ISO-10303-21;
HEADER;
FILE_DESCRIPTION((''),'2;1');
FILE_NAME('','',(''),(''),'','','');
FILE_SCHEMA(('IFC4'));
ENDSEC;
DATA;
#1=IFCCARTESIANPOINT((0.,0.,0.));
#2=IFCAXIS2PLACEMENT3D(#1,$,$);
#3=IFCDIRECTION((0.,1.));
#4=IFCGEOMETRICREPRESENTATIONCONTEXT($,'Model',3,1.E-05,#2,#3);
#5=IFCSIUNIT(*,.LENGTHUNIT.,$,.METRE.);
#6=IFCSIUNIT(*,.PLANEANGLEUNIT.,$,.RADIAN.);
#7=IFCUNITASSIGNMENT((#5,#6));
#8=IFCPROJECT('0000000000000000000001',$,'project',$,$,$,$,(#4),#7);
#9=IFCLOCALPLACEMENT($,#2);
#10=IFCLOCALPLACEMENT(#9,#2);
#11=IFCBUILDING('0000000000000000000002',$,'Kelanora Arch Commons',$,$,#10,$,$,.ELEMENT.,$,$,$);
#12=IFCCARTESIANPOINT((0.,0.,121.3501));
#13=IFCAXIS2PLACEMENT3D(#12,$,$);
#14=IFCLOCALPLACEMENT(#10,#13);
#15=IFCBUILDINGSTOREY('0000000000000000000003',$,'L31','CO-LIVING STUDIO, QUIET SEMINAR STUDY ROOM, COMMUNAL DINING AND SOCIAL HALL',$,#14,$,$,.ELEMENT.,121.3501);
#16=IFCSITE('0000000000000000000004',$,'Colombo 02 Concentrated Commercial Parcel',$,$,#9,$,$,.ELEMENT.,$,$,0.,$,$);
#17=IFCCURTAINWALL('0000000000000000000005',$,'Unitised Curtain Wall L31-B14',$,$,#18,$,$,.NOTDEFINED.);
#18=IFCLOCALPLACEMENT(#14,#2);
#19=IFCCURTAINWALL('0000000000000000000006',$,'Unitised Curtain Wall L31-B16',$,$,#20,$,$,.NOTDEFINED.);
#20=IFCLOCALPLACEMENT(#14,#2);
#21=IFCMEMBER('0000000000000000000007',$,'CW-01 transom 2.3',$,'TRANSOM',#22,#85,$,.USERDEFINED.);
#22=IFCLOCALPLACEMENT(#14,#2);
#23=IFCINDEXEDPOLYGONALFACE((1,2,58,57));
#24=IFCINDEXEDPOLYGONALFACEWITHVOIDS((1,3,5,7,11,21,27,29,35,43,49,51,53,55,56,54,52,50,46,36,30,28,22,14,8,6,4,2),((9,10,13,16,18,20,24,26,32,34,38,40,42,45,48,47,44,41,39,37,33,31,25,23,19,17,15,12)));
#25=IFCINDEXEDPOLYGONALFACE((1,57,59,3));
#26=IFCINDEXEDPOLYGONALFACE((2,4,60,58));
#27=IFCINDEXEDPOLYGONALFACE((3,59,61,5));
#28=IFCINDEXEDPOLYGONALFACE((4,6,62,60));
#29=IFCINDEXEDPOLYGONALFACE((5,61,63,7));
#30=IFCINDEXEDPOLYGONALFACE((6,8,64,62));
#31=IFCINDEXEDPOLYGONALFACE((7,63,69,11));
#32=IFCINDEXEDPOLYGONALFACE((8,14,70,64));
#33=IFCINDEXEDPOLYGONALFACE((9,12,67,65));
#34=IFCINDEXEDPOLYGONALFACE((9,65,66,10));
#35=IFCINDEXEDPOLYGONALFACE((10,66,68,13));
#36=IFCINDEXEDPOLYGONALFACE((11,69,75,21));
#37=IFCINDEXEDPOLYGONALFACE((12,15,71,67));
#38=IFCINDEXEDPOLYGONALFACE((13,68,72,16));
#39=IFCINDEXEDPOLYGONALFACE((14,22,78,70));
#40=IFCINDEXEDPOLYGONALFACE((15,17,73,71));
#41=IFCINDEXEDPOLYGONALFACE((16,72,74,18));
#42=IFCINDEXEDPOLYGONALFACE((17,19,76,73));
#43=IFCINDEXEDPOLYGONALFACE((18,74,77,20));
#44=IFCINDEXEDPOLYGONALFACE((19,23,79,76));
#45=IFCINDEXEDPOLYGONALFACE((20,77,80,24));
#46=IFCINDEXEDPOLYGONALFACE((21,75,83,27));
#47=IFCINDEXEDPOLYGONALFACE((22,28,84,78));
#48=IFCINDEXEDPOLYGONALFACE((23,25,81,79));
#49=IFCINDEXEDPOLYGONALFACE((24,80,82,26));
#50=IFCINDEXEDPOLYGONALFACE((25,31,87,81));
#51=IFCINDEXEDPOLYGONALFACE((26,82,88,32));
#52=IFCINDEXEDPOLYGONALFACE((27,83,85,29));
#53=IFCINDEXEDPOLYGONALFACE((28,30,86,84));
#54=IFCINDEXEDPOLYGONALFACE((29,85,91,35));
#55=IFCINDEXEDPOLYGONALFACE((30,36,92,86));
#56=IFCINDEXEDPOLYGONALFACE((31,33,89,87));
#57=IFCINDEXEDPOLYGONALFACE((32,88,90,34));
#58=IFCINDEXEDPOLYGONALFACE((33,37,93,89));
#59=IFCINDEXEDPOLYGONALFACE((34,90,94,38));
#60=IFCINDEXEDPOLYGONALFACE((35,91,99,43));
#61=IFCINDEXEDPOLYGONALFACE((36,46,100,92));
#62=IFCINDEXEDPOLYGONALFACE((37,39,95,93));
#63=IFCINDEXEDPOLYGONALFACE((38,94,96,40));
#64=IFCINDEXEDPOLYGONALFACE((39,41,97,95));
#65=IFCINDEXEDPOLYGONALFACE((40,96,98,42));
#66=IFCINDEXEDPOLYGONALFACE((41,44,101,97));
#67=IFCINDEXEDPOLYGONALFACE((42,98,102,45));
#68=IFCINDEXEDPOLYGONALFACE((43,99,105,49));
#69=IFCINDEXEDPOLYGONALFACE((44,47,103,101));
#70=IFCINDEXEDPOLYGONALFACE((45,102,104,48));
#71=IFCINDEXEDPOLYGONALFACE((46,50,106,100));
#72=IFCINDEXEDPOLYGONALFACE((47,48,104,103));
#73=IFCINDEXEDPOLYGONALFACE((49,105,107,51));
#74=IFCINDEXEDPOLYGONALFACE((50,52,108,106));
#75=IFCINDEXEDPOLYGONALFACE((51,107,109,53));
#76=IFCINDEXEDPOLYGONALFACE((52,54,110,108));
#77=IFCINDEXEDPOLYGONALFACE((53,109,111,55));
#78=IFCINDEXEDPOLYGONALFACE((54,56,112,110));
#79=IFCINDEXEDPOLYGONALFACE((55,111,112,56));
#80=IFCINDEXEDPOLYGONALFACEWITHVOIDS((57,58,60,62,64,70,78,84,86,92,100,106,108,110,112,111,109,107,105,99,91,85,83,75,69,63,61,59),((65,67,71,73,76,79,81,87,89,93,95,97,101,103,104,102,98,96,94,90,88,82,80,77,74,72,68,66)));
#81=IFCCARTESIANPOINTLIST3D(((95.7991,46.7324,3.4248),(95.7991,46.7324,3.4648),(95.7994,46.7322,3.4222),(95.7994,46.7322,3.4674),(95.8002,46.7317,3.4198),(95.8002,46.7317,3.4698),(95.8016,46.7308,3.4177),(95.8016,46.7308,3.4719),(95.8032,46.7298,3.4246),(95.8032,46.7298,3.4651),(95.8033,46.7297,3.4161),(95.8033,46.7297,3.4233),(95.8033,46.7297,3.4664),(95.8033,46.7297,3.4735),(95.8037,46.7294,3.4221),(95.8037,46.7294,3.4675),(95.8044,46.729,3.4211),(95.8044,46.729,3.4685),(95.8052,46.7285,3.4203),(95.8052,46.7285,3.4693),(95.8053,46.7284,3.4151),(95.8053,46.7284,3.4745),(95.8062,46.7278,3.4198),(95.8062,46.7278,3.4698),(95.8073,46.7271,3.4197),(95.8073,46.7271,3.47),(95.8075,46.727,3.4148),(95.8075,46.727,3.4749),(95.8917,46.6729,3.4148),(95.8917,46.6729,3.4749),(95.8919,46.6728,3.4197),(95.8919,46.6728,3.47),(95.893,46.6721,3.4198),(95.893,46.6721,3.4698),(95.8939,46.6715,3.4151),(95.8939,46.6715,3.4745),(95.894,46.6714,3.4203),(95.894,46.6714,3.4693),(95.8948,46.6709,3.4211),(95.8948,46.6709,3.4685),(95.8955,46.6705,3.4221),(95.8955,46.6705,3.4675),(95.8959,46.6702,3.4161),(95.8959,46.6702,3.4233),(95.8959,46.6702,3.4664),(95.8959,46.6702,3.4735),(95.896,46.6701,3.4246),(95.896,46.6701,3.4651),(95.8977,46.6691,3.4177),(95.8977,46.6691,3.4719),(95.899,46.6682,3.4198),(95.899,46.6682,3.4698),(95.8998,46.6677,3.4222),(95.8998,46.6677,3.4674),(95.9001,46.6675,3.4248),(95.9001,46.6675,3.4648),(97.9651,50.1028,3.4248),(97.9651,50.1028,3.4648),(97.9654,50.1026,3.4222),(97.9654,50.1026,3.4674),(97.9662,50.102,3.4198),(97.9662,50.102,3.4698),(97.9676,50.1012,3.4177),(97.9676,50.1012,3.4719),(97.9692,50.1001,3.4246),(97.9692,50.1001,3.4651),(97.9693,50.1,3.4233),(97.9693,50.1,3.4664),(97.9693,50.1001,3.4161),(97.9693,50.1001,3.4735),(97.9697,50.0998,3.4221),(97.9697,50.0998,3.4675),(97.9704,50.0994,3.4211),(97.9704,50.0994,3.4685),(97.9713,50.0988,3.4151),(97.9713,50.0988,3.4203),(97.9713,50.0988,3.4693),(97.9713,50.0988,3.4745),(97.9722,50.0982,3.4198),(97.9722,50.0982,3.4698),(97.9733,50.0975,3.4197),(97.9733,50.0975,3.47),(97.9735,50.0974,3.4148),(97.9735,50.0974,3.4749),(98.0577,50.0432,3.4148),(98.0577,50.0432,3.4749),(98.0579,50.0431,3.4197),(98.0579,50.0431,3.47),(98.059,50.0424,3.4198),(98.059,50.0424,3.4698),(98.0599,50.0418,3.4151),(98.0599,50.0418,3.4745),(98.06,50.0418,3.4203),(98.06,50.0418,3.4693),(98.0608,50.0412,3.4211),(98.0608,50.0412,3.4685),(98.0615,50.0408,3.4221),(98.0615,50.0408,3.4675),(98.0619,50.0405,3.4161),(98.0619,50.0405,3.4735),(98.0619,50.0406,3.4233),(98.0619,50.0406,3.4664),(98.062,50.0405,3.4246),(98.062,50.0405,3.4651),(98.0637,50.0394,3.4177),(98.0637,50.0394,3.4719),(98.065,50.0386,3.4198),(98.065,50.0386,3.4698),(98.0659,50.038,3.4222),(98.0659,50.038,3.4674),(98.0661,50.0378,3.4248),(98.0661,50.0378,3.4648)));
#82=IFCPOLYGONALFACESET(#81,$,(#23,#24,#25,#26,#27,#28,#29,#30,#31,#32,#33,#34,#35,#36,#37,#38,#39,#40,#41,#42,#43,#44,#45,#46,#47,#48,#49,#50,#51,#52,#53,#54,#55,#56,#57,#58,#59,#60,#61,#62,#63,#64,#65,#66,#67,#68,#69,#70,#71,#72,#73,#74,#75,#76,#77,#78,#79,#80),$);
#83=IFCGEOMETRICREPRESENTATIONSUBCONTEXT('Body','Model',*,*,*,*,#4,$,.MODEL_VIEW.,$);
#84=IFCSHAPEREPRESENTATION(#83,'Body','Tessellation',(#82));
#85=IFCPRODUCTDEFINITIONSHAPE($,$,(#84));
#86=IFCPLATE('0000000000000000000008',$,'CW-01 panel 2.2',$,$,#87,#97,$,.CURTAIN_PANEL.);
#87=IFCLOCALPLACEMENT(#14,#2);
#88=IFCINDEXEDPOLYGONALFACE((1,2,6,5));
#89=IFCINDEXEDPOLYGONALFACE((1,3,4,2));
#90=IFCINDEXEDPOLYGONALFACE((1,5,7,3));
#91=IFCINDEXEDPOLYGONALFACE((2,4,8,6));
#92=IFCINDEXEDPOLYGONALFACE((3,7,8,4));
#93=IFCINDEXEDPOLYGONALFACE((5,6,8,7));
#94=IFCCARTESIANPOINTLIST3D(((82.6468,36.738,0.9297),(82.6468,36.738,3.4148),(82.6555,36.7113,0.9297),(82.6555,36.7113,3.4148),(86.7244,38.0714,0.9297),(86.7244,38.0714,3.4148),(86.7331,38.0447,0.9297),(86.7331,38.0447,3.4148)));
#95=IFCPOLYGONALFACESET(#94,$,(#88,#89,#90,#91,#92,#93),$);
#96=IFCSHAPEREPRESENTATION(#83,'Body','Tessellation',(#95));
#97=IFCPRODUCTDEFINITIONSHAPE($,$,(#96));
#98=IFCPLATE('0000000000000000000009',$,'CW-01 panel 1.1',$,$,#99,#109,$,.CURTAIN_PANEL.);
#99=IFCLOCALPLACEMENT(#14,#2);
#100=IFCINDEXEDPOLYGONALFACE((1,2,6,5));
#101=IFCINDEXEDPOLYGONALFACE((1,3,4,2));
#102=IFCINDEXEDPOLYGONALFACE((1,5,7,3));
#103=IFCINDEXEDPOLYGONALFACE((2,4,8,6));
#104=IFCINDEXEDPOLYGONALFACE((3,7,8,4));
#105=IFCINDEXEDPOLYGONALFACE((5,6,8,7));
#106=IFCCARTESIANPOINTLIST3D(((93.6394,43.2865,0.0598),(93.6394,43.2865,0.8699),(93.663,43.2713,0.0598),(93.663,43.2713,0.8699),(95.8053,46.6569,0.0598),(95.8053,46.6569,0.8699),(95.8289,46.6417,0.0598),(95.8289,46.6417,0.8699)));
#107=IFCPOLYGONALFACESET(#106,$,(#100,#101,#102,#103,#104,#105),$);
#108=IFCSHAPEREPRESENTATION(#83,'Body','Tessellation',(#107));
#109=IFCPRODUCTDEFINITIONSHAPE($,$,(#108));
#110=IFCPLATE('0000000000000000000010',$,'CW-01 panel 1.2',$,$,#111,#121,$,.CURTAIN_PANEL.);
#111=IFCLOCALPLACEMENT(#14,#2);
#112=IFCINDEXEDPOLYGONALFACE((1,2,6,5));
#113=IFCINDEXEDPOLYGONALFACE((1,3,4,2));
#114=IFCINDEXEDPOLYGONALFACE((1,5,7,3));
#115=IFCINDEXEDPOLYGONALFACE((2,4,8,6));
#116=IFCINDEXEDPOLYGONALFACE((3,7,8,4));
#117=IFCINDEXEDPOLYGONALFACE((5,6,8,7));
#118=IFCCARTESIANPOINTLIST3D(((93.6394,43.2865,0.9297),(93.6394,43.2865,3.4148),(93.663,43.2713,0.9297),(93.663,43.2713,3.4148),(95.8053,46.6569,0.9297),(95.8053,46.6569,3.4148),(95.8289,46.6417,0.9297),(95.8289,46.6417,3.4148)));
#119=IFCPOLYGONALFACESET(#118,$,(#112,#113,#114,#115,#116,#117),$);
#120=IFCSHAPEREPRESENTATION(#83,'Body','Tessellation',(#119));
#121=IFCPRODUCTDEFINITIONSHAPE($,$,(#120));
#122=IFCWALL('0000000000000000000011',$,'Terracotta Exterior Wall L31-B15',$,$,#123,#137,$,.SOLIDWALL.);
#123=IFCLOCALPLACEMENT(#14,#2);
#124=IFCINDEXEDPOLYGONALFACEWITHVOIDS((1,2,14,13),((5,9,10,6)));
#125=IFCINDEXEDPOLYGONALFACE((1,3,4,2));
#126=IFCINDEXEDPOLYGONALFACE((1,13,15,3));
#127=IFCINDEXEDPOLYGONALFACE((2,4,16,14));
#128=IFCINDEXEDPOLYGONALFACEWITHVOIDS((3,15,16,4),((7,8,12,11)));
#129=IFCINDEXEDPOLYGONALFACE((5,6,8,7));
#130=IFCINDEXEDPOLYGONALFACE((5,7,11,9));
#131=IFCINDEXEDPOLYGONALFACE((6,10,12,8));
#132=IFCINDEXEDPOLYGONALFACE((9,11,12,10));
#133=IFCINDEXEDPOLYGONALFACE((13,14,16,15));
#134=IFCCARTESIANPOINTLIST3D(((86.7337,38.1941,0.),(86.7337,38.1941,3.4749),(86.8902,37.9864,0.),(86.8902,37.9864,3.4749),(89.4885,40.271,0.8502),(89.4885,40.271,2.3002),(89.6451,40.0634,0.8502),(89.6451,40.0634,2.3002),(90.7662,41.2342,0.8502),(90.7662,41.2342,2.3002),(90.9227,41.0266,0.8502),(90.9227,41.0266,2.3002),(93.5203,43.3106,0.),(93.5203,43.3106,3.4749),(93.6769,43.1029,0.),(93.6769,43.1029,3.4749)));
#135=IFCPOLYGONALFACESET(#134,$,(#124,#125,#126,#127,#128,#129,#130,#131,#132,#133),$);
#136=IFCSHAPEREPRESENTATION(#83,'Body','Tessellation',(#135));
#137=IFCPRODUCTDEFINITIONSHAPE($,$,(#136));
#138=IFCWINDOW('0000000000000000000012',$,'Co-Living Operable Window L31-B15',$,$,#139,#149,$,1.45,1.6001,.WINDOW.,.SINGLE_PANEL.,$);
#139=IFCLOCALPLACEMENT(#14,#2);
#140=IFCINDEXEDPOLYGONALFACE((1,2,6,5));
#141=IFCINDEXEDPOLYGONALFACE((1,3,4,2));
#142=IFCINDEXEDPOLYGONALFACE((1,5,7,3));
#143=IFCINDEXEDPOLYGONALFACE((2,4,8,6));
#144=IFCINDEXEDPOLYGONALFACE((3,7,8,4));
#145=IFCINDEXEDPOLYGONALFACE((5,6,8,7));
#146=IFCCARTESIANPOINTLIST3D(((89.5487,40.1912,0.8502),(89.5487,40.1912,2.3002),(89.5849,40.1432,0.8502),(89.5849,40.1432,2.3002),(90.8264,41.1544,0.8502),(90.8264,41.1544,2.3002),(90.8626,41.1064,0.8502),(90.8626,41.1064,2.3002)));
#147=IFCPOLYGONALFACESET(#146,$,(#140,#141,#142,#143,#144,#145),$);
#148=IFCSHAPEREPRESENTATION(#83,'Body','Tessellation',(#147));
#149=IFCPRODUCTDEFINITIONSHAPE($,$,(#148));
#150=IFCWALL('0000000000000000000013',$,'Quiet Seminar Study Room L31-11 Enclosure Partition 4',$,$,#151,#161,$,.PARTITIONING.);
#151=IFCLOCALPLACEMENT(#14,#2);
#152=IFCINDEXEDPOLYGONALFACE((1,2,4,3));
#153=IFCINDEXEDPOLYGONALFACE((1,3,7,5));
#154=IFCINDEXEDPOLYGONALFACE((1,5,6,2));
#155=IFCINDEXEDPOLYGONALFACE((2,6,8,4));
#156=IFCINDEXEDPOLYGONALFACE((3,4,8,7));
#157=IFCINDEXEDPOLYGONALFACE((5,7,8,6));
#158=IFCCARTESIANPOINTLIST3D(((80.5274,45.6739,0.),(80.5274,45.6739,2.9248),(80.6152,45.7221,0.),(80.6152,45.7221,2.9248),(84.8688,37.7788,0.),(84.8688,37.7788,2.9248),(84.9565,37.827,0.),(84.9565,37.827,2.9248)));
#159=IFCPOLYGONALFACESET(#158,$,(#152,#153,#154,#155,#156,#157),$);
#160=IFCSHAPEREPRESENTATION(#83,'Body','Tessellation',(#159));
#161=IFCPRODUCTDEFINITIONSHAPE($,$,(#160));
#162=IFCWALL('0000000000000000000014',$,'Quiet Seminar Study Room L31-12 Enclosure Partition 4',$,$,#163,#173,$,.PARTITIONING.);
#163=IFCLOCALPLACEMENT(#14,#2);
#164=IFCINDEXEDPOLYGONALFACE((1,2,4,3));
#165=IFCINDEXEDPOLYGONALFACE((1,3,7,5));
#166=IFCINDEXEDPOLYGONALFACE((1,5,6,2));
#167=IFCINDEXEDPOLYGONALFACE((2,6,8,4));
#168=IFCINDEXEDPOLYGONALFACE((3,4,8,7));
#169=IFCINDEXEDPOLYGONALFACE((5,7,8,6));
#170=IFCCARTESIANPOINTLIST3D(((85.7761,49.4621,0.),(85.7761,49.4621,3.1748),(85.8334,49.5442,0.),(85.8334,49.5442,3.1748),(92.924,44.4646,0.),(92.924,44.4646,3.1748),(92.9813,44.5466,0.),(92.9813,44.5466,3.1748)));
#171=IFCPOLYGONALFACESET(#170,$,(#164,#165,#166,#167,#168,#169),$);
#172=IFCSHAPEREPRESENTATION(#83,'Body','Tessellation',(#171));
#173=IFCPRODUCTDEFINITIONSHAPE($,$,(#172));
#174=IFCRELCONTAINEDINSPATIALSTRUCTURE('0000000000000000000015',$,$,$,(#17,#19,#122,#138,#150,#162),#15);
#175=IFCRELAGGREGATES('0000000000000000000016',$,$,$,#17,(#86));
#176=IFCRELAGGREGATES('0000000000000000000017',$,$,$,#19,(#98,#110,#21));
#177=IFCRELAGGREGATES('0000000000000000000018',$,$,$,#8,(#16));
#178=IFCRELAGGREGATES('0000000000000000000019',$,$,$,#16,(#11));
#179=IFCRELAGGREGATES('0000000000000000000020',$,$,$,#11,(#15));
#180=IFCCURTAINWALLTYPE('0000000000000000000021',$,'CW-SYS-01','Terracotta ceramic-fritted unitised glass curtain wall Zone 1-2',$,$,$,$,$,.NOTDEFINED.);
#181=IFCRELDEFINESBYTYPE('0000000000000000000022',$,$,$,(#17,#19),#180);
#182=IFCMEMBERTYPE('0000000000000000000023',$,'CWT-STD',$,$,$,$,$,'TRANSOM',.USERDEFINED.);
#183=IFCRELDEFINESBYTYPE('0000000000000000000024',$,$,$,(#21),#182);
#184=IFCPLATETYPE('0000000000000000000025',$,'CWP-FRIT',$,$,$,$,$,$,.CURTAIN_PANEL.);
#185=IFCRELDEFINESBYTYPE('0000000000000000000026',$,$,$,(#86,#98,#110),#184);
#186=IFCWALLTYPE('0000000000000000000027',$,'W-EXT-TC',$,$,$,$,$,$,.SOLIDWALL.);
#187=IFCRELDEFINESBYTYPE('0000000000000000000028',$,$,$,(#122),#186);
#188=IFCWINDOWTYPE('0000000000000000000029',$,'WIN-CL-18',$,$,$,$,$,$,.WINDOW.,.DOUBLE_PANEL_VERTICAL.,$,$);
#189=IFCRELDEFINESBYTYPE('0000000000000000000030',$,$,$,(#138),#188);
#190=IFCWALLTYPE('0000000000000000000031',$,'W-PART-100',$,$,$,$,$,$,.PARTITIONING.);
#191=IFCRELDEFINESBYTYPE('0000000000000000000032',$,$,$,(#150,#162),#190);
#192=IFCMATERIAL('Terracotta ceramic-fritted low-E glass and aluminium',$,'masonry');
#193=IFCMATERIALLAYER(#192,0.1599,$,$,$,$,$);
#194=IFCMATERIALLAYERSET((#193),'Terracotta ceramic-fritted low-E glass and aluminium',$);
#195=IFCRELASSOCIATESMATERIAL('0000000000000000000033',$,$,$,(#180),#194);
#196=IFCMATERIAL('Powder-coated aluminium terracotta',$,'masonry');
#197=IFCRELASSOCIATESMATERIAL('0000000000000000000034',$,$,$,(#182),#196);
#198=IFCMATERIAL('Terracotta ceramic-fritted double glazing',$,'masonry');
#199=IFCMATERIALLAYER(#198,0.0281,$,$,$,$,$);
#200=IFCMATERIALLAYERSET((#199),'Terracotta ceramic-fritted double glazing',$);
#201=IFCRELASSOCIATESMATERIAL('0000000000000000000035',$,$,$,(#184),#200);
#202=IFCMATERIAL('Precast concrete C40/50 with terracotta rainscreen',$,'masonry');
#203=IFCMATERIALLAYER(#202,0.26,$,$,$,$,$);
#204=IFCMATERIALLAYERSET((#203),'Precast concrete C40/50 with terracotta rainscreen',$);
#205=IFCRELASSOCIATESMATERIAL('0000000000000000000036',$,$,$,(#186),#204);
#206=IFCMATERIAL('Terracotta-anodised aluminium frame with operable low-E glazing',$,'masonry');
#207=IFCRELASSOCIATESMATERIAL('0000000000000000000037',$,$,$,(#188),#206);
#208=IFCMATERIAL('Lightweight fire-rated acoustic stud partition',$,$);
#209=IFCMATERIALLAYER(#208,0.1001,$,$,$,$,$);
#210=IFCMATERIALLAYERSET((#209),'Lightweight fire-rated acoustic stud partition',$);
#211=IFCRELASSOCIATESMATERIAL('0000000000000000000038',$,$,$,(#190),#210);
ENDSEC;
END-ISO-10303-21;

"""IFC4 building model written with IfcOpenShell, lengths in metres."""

from ifc_helpers import new_model, si_unit, direction, frame, frame_2d, origin, origin_2d, place, context, subcontext, project, spatial, rectangle, hollow_rectangle, extrude, source, transform, mapped, material, layer, layer_set, material_profile, profile_set, type_object, element, fill, aggregate, save


model = new_model("IFC4")

# Units and contexts
model_context = context("Model", 3, precision=1e-05, world=origin(), true_north=direction((0.0, 1.0)))
body_context = subcontext(model_context, "Body", "Model", "MODEL_VIEW")
ifc_project = project(units=[si_unit("LENGTHUNIT", "METRE"), si_unit("PLANEANGLEUNIT", "RADIAN")], contexts=[model_context])

# Site, building, storey
site_placement = place(None, origin())
site = spatial("IfcSite", under=ifc_project, at=site_placement, Name="Colombo 02 Concentrated Commercial Parcel", CompositionType="ELEMENT", RefElevation=0.0)
building_placement = place(site_placement, origin())
building = spatial("IfcBuilding", under=site, at=building_placement, Name="Kelanora Arch Commons", CompositionType="ELEMENT")
storey_placement = place(building_placement, frame((0.0, 0.0, 121.3501)))
storey = spatial("IfcBuildingStorey", under=building, at=storey_placement, Name="L31", Description="CO-LIVING STUDIO, QUIET SEMINAR STUDY ROOM, COMMUNAL DINING AND SOCIAL HALL", CompositionType="ELEMENT", Elevation=121.3501)

# Curtain wall
ifc_material_1 = material(Name="Terracotta ceramic-fritted low-E glass and aluminium", Category="masonry")
ifc_layer_1 = layer(ifc_material_1, 0.1599)
ifc_layer_set_1 = layer_set([ifc_layer_1], Name="Terracotta ceramic-fritted low-E glass and aluminium")
curtain_wall_type = type_object("IfcCurtainWallType", Name="CW-SYS-01", Description="Terracotta ceramic-fritted unitised glass curtain wall Zone 1-2", PredefinedType="NOTDEFINED", material=ifc_layer_set_1)
curtain_wall_1_placement = place(storey_placement, origin())
curtain_wall_1 = element("IfcCurtainWall", 1, at=curtain_wall_1_placement, inside=storey, type_object=curtain_wall_type, Name="Unitised Curtain Wall L31-B14", PredefinedType="NOTDEFINED")
ifc_material_2 = material(Name="Powder-coated aluminium terracotta", Category="masonry")

# Curtain wall, member
curtain_wall_2_placement = place(storey_placement, origin())
curtain_wall_2 = element("IfcCurtainWall", 2, at=curtain_wall_2_placement, inside=storey, type_object=curtain_wall_type, Name="Unitised Curtain Wall L31-B16", PredefinedType="NOTDEFINED")
ifc_material_profile_1 = material_profile(ifc_material_2, hollow_rectangle(XDim=0.1201, YDim=0.0601, WallThickness=0.0049, InnerFilletRadius=0.0049, OuterFilletRadius=0.01, at=origin_2d()), Name="CWT120x60")
ifc_profile_set_1 = profile_set([ifc_material_profile_1], Name="Powder-coated aluminium terracotta")
member_type_1 = type_object("IfcMemberType", Name="CWT-STD", ElementType="TRANSOM", PredefinedType="USERDEFINED", material=ifc_profile_set_1)
member_1_placement = place(storey_placement, frame((95.8496, 46.7, 3.4448), z_axis=(0.540644, 0.841252, 0.0), x_axis=(-0.841252, 0.540644, 0.0)))
member_1 = element("IfcMember", 3, at=member_1_placement, type_object=member_type_1, Name="CW-01 transom 2.3", ObjectType="TRANSOM", PredefinedType="USERDEFINED", context=body_context, shape_type="SweptSolid", body=[
    extrude(hollow_rectangle(XDim=0.1201, YDim=0.0601, WallThickness=0.0049, InnerFilletRadius=0.0049, OuterFilletRadius=0.01, at=origin_2d()), origin(), (0.0, 0.0, 1.0), 4.0063),
])

# Plates
ifc_material_3 = material(Name="Terracotta ceramic-fritted double glazing", Category="masonry")
ifc_layer_2 = layer(ifc_material_3, 0.0281)
ifc_layer_set_2 = layer_set([ifc_layer_2], Name="Terracotta ceramic-fritted double glazing")
plate_type = type_object("IfcPlateType", Name="CWP-FRIT", PredefinedType="CURTAIN_PANEL", material=ifc_layer_set_2)
shared_shape_1 = source(origin(), body_context, "Body", "SweptSolid", [
    extrude(rectangle(XDim=4.29, YDim=0.0281, at=origin_2d()), origin(), (0.0, 0.0, 1.0), 2.4851),
])
plate_1_placement = place(storey_placement, frame((84.6899, 37.3914, 0.9297), z_axis=(0.0, 0.0, 1.0), x_axis=(0.950474, 0.310805, 0.0)))
plate_1 = element("IfcPlate", 4, at=plate_1_placement, type_object=plate_type, Name="CW-01 panel 2.2", PredefinedType="CURTAIN_PANEL", context=body_context, shape_type="MappedRepresentation", body=[
    mapped(shared_shape_1, transform((0.0, 0.0, 0.0), scale=1.0)),
])
aggregate(curtain_wall_1, [plate_1])
shared_shape_2 = source(origin(), body_context, "Body", "SweptSolid", [
    extrude(rectangle(XDim=4.0063, YDim=0.0281, at=origin_2d()), origin(), (0.0, 0.0, 1.0), 0.8101),
])
plate_2_placement = place(storey_placement, frame((94.7341, 44.9641, 0.0598), z_axis=(0.0, 0.0, 1.0), x_axis=(0.540617, 0.841269, 0.0)))
plate_2 = element("IfcPlate", 5, at=plate_2_placement, type_object=plate_type, Name="CW-01 panel 1.1", PredefinedType="CURTAIN_PANEL", context=body_context, shape_type="MappedRepresentation", body=[
    mapped(shared_shape_2, transform((0.0, 0.0, 0.0), scale=1.0)),
])
shared_shape_3 = source(origin(), body_context, "Body", "SweptSolid", [
    extrude(rectangle(XDim=4.0063, YDim=0.0281, at=origin_2d()), origin(), (0.0, 0.0, 1.0), 2.4851),
])
plate_3_placement = place(storey_placement, frame((94.7341, 44.9641, 0.9297), z_axis=(0.0, 0.0, 1.0), x_axis=(0.540617, 0.841269, 0.0)))
plate_3 = element("IfcPlate", 6, at=plate_3_placement, type_object=plate_type, Name="CW-01 panel 1.2", PredefinedType="CURTAIN_PANEL", context=body_context, shape_type="MappedRepresentation", body=[
    mapped(shared_shape_3, transform((0.0, 0.0, 0.0), scale=1.0)),
])
aggregate(curtain_wall_2, [plate_2, plate_3, member_1])

# Wall, opening, window
ifc_material_4 = material(Name="Precast concrete C40/50 with terracotta rainscreen", Category="masonry")
ifc_layer_3 = layer(ifc_material_4, 0.26)
ifc_layer_set_3 = layer_set([ifc_layer_3], Name="Precast concrete C40/50 with terracotta rainscreen")
wall_type_1 = type_object("IfcWallType", Name="W-EXT-TC", PredefinedType="SOLIDWALL", material=ifc_layer_set_3)
wall_1_placement = place(storey_placement, frame((86.812, 38.0903, 0.0), z_axis=(0.0, 0.0, 1.0), x_axis=(0.798502, 0.601993, 0.0)))
wall_1 = element("IfcWall", 7, at=wall_1_placement, inside=storey, type_object=wall_type_1, Name="Terracotta Exterior Wall L31-B15", PredefinedType="SOLIDWALL", context=body_context, shape_type="SweptSolid", body=[
    extrude(rectangle(XDim=8.4993, YDim=0.26, at=frame_2d((4.2495, 0.0))), origin(), (0.0, 0.0, 1.0), 3.4749),
])
opening_placement = place(wall_1_placement, frame((3.45, 0.0, 0.8501)))
opening = element("IfcOpeningElement", 8, at=opening_placement, cuts=wall_1, PredefinedType="OPENING", context=body_context, shape_type="SweptSolid", body=[
    extrude(rectangle(XDim=1.6001, YDim=1.45, at=frame_2d((0.8, 0.7251))), frame((0.0, 0.1401, 0.0), z_axis=(0.0, -1.0, 0.0), x_axis=(1.0, 0.0, 0.0)), (0.0, 0.0, 1.0), 0.28),
])
ifc_material_5 = material(Name="Terracotta-anodised aluminium frame with operable low-E glazing", Category="masonry")
window_type = type_object("IfcWindowType", Name="WIN-CL-18", PartitioningType="DOUBLE_PANEL_VERTICAL", PredefinedType="WINDOW", material=ifc_material_5)
window_placement = place(opening_placement, origin())
window = element("IfcWindow", 9, at=window_placement, inside=storey, type_object=window_type, Name="Co-Living Operable Window L31-B15", OverallHeight=1.45, OverallWidth=1.6001, PartitioningType="SINGLE_PANEL", PredefinedType="WINDOW", context=body_context, shape_type="SweptSolid", body=[
    extrude(rectangle(XDim=1.6001, YDim=1.45, at=frame_2d((0.8, 0.7251))), frame((0.0, 0.03, 0.0), z_axis=(0.0, -1.0, 0.0), x_axis=(1.0, 0.0, 0.0)), (0.0, 0.0, 1.0), 0.0601),
])
fill(opening, window)

# Walls
ifc_material_6 = material(Name="Lightweight fire-rated acoustic stud partition")
ifc_layer_4 = layer(ifc_material_6, 0.1001)
ifc_layer_set_4 = layer_set([ifc_layer_4], Name="Lightweight fire-rated acoustic stud partition")
wall_type_2 = type_object("IfcWallType", Name="W-PART-100", PredefinedType="PARTITIONING", material=ifc_layer_set_4)
wall_2_placement = place(storey_placement, frame((84.9126, 37.803, 0.0), z_axis=(0.0, 0.0, 1.0), x_axis=(-0.481838, 0.876261, 0.0)))
element("IfcWall", 10, at=wall_2_placement, inside=storey, type_object=wall_type_2, Name="Quiet Seminar Study Room L31-11 Enclosure Partition 4", PredefinedType="PARTITIONING", context=body_context, shape_type="SweptSolid", body=[
    extrude(rectangle(XDim=9.01, YDim=0.1001, at=frame_2d((4.5049, 0.0))), origin(), (0.0, 0.0, 1.0), 2.9248),
])
wall_3_placement = place(storey_placement, frame((92.9526, 44.5056, 0.0), z_axis=(0.0, 0.0, 1.0), x_axis=(-0.819555, 0.573, 0.0)))
element("IfcWall", 11, at=wall_3_placement, inside=storey, type_object=wall_type_2, Name="Quiet Seminar Study Room L31-12 Enclosure Partition 4", PredefinedType="PARTITIONING", context=body_context, shape_type="SweptSolid", body=[
    extrude(rectangle(XDim=8.7217, YDim=0.1001, at=frame_2d((4.3608, 0.0))), origin(), (0.0, 0.0, 1.0), 3.1748),
])

save(model, "model.ifc")
